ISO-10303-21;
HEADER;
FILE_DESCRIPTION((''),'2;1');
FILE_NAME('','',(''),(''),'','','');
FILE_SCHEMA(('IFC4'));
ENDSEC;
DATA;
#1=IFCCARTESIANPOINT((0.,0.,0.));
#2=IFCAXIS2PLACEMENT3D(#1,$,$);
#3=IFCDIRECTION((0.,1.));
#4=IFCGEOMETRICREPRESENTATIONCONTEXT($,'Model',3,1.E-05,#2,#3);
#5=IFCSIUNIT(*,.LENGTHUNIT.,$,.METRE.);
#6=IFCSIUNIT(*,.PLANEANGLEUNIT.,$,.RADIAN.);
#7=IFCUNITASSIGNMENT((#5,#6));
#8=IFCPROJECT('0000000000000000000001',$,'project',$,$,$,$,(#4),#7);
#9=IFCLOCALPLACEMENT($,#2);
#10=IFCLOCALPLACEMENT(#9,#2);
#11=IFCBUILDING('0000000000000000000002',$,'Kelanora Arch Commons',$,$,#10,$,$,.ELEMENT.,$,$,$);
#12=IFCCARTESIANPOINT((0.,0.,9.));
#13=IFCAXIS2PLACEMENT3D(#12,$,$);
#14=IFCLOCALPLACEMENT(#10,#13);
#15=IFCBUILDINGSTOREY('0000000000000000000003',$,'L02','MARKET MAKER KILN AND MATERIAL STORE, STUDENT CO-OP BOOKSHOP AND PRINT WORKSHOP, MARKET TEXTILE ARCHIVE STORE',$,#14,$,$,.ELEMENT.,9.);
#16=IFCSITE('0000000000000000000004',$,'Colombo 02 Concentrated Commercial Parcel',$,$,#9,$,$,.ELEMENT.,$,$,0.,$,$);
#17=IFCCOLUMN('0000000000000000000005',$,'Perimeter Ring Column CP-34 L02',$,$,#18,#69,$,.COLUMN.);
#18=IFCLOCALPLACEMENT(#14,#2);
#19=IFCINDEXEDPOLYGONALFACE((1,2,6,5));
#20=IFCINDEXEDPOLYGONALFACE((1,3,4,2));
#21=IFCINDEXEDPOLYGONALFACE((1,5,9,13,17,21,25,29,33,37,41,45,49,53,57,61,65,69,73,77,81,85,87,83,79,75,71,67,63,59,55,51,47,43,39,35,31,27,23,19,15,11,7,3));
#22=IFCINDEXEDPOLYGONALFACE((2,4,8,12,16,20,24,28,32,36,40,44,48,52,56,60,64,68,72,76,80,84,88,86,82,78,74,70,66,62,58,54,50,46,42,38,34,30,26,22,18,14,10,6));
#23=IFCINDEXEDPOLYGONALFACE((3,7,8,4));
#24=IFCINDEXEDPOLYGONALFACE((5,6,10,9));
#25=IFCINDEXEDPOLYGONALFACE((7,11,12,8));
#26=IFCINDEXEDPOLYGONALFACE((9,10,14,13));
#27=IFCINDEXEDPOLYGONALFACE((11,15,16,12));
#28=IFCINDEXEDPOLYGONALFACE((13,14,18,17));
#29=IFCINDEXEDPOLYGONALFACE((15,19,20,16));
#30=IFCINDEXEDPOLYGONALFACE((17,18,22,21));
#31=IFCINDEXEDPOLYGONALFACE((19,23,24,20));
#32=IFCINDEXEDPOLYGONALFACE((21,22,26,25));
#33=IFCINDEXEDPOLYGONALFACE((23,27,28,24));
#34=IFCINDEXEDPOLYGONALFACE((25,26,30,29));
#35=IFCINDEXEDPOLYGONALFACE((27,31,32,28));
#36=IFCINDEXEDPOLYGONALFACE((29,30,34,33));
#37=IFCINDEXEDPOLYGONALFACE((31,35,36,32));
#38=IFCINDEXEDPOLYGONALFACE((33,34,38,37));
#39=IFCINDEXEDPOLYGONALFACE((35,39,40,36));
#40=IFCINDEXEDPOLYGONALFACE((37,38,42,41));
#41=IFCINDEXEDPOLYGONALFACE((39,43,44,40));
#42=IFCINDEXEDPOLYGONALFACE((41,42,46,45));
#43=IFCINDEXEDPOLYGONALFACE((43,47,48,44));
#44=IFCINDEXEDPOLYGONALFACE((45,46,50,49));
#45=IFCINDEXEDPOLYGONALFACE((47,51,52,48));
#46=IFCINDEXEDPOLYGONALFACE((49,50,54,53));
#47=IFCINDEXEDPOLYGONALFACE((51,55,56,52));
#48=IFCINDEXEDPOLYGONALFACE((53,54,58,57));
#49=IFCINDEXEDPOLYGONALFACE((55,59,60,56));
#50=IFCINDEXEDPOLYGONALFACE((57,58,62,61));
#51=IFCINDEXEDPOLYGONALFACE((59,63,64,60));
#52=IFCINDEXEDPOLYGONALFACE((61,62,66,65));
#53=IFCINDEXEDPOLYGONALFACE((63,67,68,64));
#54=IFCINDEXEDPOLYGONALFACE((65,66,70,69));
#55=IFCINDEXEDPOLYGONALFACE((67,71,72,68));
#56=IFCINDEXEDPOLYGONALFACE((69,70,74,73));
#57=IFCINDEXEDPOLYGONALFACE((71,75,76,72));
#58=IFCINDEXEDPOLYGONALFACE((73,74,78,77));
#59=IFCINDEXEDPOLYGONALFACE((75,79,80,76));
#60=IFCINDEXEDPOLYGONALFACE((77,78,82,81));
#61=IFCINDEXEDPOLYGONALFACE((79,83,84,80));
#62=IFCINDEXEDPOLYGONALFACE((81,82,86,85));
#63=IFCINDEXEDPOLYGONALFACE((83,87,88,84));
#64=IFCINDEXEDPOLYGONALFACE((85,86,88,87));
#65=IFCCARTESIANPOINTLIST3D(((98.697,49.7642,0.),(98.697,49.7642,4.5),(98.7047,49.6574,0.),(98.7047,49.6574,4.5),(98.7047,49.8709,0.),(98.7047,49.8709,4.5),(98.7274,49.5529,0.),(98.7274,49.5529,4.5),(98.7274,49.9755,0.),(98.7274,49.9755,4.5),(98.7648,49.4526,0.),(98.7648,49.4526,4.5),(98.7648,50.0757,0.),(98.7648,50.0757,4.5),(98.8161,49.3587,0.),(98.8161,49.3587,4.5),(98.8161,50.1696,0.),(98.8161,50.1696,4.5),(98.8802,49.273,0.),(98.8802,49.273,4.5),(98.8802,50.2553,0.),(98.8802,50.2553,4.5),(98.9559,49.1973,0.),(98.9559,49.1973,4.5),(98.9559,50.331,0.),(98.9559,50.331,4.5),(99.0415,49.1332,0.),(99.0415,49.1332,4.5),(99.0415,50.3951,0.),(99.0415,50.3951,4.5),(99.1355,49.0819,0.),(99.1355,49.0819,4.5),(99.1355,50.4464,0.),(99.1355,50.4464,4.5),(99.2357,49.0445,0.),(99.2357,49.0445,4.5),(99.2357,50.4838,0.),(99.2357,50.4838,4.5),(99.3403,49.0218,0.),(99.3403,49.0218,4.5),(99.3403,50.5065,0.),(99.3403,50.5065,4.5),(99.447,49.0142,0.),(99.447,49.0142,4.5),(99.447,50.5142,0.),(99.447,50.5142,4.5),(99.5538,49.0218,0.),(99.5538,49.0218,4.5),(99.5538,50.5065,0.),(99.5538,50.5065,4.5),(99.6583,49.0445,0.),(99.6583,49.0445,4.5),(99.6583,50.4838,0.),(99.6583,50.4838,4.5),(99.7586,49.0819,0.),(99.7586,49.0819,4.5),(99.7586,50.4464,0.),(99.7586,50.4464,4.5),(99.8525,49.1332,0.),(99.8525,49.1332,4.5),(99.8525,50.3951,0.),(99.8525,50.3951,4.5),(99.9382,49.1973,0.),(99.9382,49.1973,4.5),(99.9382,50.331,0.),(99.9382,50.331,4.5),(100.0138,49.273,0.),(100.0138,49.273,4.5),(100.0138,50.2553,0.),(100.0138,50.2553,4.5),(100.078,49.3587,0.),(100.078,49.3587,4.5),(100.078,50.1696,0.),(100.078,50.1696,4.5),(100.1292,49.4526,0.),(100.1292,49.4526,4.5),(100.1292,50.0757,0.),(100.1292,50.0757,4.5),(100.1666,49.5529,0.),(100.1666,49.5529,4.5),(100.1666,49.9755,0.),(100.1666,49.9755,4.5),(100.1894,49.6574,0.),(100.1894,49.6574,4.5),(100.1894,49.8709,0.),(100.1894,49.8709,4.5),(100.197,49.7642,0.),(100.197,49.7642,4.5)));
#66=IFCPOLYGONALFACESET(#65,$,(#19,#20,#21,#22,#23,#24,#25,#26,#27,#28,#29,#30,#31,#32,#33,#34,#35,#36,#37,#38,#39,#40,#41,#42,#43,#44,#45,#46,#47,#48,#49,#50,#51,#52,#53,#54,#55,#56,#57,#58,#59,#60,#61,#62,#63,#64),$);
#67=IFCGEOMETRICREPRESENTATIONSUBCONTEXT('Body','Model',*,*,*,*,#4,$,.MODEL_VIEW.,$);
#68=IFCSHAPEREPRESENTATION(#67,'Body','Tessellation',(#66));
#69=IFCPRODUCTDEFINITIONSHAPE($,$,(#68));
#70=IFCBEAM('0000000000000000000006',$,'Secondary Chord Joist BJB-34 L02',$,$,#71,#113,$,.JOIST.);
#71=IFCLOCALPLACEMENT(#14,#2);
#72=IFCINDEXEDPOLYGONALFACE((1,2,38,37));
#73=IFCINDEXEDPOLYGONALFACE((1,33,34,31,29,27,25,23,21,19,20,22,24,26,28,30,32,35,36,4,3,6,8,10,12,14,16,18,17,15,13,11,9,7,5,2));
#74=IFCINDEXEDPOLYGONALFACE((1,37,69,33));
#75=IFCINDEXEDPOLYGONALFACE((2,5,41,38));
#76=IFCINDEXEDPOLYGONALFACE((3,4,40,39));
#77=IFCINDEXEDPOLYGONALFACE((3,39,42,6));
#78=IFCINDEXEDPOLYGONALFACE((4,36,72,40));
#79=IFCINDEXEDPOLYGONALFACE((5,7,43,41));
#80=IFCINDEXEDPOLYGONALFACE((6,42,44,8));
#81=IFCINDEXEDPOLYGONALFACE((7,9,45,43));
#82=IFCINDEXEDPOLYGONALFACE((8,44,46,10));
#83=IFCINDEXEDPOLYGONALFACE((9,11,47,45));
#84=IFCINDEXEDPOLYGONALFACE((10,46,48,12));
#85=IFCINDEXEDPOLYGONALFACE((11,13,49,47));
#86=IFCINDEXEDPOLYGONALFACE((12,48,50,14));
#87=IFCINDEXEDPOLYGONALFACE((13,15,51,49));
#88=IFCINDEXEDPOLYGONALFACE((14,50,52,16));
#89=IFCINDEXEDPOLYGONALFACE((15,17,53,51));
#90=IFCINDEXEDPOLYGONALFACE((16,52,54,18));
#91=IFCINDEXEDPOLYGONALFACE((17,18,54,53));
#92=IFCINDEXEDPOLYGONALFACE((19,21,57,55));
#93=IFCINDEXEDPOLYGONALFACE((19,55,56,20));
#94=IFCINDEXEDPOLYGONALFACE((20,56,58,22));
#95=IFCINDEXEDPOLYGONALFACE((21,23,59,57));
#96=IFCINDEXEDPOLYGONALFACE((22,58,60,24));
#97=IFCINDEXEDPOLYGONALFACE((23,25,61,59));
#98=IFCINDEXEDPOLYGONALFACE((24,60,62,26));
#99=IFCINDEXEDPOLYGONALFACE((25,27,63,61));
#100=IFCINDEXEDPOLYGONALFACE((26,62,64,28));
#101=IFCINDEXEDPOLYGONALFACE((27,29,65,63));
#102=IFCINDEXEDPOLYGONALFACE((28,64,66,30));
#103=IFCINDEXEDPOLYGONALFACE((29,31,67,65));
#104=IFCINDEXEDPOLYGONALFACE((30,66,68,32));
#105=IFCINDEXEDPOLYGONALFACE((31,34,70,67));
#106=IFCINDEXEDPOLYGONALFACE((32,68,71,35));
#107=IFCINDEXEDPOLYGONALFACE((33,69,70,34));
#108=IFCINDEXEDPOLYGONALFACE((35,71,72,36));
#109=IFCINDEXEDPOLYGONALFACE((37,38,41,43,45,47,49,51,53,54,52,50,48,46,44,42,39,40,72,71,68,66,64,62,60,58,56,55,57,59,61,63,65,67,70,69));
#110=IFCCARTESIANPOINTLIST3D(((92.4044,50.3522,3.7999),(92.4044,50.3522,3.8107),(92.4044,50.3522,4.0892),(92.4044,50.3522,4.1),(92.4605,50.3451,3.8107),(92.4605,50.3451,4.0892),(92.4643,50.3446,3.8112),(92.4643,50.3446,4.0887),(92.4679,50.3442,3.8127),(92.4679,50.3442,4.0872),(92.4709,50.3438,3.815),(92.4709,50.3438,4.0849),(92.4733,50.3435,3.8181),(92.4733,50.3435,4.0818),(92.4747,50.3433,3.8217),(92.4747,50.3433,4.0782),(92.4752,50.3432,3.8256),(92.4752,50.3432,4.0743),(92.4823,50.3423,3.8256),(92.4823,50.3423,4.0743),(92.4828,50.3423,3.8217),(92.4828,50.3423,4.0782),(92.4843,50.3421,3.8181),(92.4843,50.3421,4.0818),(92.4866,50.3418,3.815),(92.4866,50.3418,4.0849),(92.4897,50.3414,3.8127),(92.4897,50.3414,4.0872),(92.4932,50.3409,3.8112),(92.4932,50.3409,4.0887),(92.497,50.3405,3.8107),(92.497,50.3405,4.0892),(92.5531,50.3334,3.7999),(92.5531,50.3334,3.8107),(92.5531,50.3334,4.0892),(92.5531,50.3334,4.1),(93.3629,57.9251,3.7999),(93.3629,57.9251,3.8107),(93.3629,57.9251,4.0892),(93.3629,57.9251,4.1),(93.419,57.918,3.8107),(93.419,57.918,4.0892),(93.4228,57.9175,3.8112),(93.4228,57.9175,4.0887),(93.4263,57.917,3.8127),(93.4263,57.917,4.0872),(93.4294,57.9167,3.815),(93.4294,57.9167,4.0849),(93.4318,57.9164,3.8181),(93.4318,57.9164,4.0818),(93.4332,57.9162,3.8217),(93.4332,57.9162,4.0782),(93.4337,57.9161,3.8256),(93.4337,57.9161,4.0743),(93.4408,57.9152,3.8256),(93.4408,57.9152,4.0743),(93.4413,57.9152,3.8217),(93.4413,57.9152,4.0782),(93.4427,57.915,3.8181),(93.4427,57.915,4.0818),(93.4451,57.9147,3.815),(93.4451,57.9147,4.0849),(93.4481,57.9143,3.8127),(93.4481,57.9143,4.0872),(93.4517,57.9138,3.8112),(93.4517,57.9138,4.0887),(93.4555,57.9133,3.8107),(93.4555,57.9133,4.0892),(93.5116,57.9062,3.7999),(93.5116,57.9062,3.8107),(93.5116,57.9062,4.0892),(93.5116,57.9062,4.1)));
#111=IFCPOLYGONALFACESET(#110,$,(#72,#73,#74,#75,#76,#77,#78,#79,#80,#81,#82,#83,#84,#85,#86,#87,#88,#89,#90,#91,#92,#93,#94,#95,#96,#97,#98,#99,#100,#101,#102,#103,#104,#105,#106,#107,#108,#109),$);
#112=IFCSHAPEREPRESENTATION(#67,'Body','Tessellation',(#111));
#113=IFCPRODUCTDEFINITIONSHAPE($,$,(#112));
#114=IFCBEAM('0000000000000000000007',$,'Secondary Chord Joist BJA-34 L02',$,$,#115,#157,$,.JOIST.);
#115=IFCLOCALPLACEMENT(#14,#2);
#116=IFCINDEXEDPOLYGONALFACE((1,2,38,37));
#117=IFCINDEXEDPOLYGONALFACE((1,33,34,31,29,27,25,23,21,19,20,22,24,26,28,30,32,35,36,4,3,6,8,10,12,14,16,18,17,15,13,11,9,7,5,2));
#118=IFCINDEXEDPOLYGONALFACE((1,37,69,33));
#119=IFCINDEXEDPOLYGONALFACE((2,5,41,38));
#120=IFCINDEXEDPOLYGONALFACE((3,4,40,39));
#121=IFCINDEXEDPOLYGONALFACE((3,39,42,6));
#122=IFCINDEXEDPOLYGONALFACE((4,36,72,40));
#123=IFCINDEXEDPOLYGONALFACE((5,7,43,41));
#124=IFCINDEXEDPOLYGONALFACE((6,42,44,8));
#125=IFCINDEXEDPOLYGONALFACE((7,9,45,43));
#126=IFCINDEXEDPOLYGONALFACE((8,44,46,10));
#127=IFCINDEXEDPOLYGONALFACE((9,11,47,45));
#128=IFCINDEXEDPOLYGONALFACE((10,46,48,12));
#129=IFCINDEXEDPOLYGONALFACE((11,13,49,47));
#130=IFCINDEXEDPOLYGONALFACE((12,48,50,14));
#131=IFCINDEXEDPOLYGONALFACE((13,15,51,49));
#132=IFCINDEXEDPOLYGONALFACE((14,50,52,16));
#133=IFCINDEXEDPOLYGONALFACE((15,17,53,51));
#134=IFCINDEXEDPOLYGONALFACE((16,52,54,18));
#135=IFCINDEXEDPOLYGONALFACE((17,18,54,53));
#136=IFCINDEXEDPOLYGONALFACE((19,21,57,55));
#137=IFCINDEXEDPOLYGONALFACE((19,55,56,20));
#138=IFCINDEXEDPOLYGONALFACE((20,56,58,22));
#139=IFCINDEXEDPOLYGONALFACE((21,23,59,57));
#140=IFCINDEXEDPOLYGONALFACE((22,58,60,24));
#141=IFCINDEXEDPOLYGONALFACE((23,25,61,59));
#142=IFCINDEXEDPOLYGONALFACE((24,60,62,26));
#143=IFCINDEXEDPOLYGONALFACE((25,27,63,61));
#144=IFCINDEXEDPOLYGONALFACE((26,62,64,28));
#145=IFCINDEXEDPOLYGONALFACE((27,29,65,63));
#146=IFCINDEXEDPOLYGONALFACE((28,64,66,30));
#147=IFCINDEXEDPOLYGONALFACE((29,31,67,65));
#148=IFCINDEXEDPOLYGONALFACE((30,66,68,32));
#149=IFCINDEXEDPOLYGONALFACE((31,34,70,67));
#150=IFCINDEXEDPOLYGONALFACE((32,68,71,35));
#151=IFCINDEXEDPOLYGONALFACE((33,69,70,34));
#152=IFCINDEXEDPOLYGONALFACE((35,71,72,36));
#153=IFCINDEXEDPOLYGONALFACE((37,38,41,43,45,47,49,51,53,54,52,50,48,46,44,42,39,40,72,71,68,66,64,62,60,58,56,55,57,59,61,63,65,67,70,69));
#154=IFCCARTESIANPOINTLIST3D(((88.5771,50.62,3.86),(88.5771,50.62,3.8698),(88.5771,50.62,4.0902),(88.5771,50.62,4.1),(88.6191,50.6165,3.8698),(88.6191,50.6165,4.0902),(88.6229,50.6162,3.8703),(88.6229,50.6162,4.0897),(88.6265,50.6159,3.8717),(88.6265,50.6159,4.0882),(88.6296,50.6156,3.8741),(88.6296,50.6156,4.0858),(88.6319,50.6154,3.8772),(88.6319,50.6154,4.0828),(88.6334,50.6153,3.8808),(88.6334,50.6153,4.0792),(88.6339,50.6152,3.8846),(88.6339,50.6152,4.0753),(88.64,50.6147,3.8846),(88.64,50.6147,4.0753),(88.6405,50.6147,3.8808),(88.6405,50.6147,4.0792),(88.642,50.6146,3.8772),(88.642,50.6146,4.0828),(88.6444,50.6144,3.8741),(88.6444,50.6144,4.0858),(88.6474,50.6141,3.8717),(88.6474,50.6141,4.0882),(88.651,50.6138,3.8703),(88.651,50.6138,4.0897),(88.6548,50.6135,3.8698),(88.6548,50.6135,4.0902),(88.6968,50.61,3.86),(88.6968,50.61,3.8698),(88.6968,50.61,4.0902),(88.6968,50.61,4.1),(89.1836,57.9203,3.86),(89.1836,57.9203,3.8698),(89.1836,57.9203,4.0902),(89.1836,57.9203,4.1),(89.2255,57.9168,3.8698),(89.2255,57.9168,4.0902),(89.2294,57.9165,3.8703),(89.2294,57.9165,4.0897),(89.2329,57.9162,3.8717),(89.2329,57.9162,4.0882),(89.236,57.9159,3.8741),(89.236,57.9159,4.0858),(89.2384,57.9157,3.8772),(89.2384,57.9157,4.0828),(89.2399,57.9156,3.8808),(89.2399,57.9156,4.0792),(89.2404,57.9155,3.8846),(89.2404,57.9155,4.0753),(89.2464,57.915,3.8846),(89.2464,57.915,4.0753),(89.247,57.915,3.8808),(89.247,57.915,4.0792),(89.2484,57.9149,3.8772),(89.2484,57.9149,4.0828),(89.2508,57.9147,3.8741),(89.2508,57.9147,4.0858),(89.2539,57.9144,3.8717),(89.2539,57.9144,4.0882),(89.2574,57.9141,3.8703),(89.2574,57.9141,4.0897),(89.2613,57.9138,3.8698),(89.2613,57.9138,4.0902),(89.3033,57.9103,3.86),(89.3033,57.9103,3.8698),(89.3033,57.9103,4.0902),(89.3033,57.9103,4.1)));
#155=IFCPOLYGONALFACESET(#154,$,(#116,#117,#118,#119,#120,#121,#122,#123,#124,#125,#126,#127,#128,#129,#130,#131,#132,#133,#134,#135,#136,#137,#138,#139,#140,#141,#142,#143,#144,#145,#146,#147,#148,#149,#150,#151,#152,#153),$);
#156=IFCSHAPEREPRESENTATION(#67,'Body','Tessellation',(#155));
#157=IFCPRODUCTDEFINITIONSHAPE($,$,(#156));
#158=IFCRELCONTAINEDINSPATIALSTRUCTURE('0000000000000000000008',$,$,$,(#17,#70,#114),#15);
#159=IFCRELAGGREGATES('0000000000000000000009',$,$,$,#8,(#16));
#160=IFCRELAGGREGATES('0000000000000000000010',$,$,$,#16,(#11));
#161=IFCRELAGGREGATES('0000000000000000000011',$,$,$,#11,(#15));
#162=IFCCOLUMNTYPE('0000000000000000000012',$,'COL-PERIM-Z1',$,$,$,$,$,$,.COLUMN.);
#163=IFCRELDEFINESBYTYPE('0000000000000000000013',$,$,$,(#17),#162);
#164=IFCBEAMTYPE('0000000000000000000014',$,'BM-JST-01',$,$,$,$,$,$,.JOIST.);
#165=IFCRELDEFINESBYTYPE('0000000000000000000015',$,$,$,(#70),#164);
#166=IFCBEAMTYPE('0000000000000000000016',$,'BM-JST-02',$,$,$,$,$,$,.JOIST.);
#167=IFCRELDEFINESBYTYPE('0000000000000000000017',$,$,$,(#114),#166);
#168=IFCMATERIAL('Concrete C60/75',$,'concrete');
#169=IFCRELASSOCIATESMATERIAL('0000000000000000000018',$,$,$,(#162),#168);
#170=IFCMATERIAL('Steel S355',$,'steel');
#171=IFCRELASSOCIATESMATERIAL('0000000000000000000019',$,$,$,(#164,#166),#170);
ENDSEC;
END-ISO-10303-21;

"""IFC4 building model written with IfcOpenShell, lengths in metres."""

from ifc_helpers import new_model, si_unit, direction, frame, origin, origin_2d, place, context, subcontext, project, spatial, circle, i_section, extrude, material, material_profile, profile_set, type_object, element, save


model = new_model("IFC4")

# Units and contexts
model_context = context("Model", 3, precision=1e-05, world=origin(), true_north=direction((0.0, 1.0)))
body_context = subcontext(model_context, "Body", "Model", "MODEL_VIEW")
ifc_project = project(units=[si_unit("LENGTHUNIT", "METRE"), si_unit("PLANEANGLEUNIT", "RADIAN")], contexts=[model_context])

# Site, building, storey
site_placement = place(None, origin())
site = spatial("IfcSite", under=ifc_project, at=site_placement, Name="Colombo 02 Concentrated Commercial Parcel", CompositionType="ELEMENT", RefElevation=0.0)
building_placement = place(site_placement, origin())
building = spatial("IfcBuilding", under=site, at=building_placement, Name="Kelanora Arch Commons", CompositionType="ELEMENT")
storey_placement = place(building_placement, frame((0.0, 0.0, 9.0)))
storey = spatial("IfcBuildingStorey", under=building, at=storey_placement, Name="L02", Description="MARKET MAKER KILN AND MATERIAL STORE, STUDENT CO-OP BOOKSHOP AND PRINT WORKSHOP, MARKET TEXTILE ARCHIVE STORE", CompositionType="ELEMENT", Elevation=9.0)

# Column
ifc_material_1 = material(Name="Concrete C60/75", Category="concrete")
ifc_material_profile_1 = material_profile(ifc_material_1, circle(Radius=0.75, at=origin_2d()), Name="RCC1500")
ifc_profile_set_1 = profile_set([ifc_material_profile_1], Name="Concrete C60/75")
column_type = type_object("IfcColumnType", Name="COL-PERIM-Z1", PredefinedType="COLUMN", material=ifc_profile_set_1)
column_placement = place(storey_placement, frame((99.447, 49.7642, 0.0), z_axis=(0.0, 0.0, 1.0), x_axis=(1.0, 0.0, 0.0)))
element("IfcColumn", 1, at=column_placement, inside=storey, type_object=column_type, Name="Perimeter Ring Column CP-34 L02", PredefinedType="COLUMN", context=body_context, shape_type="SweptSolid", body=[
    extrude(circle(Radius=0.75, at=origin_2d()), origin(), (0.0, 0.0, 1.0), 4.5),
])

# Beams
ifc_material_2 = material(Name="Steel S355", Category="steel")
ifc_material_profile_2 = material_profile(ifc_material_2, i_section(OverallWidth=0.1499, OverallDepth=0.3, WebThickness=0.0071, FlangeThickness=0.0107, FilletRadius=0.0149, at=origin_2d()), Name="IPE300")
ifc_profile_set_2 = profile_set([ifc_material_profile_2], Name="Steel S355")
beam_type_1 = type_object("IfcBeamType", Name="BM-JST-01", PredefinedType="JOIST", material=ifc_profile_set_2)
beam_1_placement = place(storey_placement, frame((92.4788, 50.3428, 3.95), z_axis=(0.125566, 0.992085, 0.0), x_axis=(-0.992085, 0.125566, 0.0)))
element("IfcBeam", 2, at=beam_1_placement, inside=storey, type_object=beam_type_1, Name="Secondary Chord Joist BJB-34 L02", PredefinedType="JOIST", context=body_context, shape_type="SweptSolid", body=[
    extrude(i_section(OverallWidth=0.1499, OverallDepth=0.3, WebThickness=0.0071, FlangeThickness=0.0107, FilletRadius=0.0149, at=origin_2d()), origin(), (0.0, 0.0, 1.0), 7.6333),
])
ifc_material_profile_3 = material_profile(ifc_material_2, i_section(OverallWidth=0.1201, OverallDepth=0.24, WebThickness=0.0061, FlangeThickness=0.0098, FilletRadius=0.0149, at=origin_2d()), Name="IPE240")
ifc_profile_set_3 = profile_set([ifc_material_profile_3], Name="Steel S355")
beam_type_2 = type_object("IfcBeamType", Name="BM-JST-02", PredefinedType="JOIST", material=ifc_profile_set_3)
beam_2_placement = place(storey_placement, frame((88.637, 50.615, 3.98), z_axis=(0.082786, 0.996567, 0.0), x_axis=(-0.996567, 0.082786, 0.0)))
element("IfcBeam", 3, at=beam_2_placement, inside=storey, type_object=beam_type_2, Name="Secondary Chord Joist BJA-34 L02", PredefinedType="JOIST", context=body_context, shape_type="SweptSolid", body=[
    extrude(i_section(OverallWidth=0.1201, OverallDepth=0.24, WebThickness=0.0061, FlangeThickness=0.0098, FilletRadius=0.0149, at=origin_2d()), origin(), (0.0, 0.0, 1.0), 7.3254),
])

save(model, "model.ifc")
